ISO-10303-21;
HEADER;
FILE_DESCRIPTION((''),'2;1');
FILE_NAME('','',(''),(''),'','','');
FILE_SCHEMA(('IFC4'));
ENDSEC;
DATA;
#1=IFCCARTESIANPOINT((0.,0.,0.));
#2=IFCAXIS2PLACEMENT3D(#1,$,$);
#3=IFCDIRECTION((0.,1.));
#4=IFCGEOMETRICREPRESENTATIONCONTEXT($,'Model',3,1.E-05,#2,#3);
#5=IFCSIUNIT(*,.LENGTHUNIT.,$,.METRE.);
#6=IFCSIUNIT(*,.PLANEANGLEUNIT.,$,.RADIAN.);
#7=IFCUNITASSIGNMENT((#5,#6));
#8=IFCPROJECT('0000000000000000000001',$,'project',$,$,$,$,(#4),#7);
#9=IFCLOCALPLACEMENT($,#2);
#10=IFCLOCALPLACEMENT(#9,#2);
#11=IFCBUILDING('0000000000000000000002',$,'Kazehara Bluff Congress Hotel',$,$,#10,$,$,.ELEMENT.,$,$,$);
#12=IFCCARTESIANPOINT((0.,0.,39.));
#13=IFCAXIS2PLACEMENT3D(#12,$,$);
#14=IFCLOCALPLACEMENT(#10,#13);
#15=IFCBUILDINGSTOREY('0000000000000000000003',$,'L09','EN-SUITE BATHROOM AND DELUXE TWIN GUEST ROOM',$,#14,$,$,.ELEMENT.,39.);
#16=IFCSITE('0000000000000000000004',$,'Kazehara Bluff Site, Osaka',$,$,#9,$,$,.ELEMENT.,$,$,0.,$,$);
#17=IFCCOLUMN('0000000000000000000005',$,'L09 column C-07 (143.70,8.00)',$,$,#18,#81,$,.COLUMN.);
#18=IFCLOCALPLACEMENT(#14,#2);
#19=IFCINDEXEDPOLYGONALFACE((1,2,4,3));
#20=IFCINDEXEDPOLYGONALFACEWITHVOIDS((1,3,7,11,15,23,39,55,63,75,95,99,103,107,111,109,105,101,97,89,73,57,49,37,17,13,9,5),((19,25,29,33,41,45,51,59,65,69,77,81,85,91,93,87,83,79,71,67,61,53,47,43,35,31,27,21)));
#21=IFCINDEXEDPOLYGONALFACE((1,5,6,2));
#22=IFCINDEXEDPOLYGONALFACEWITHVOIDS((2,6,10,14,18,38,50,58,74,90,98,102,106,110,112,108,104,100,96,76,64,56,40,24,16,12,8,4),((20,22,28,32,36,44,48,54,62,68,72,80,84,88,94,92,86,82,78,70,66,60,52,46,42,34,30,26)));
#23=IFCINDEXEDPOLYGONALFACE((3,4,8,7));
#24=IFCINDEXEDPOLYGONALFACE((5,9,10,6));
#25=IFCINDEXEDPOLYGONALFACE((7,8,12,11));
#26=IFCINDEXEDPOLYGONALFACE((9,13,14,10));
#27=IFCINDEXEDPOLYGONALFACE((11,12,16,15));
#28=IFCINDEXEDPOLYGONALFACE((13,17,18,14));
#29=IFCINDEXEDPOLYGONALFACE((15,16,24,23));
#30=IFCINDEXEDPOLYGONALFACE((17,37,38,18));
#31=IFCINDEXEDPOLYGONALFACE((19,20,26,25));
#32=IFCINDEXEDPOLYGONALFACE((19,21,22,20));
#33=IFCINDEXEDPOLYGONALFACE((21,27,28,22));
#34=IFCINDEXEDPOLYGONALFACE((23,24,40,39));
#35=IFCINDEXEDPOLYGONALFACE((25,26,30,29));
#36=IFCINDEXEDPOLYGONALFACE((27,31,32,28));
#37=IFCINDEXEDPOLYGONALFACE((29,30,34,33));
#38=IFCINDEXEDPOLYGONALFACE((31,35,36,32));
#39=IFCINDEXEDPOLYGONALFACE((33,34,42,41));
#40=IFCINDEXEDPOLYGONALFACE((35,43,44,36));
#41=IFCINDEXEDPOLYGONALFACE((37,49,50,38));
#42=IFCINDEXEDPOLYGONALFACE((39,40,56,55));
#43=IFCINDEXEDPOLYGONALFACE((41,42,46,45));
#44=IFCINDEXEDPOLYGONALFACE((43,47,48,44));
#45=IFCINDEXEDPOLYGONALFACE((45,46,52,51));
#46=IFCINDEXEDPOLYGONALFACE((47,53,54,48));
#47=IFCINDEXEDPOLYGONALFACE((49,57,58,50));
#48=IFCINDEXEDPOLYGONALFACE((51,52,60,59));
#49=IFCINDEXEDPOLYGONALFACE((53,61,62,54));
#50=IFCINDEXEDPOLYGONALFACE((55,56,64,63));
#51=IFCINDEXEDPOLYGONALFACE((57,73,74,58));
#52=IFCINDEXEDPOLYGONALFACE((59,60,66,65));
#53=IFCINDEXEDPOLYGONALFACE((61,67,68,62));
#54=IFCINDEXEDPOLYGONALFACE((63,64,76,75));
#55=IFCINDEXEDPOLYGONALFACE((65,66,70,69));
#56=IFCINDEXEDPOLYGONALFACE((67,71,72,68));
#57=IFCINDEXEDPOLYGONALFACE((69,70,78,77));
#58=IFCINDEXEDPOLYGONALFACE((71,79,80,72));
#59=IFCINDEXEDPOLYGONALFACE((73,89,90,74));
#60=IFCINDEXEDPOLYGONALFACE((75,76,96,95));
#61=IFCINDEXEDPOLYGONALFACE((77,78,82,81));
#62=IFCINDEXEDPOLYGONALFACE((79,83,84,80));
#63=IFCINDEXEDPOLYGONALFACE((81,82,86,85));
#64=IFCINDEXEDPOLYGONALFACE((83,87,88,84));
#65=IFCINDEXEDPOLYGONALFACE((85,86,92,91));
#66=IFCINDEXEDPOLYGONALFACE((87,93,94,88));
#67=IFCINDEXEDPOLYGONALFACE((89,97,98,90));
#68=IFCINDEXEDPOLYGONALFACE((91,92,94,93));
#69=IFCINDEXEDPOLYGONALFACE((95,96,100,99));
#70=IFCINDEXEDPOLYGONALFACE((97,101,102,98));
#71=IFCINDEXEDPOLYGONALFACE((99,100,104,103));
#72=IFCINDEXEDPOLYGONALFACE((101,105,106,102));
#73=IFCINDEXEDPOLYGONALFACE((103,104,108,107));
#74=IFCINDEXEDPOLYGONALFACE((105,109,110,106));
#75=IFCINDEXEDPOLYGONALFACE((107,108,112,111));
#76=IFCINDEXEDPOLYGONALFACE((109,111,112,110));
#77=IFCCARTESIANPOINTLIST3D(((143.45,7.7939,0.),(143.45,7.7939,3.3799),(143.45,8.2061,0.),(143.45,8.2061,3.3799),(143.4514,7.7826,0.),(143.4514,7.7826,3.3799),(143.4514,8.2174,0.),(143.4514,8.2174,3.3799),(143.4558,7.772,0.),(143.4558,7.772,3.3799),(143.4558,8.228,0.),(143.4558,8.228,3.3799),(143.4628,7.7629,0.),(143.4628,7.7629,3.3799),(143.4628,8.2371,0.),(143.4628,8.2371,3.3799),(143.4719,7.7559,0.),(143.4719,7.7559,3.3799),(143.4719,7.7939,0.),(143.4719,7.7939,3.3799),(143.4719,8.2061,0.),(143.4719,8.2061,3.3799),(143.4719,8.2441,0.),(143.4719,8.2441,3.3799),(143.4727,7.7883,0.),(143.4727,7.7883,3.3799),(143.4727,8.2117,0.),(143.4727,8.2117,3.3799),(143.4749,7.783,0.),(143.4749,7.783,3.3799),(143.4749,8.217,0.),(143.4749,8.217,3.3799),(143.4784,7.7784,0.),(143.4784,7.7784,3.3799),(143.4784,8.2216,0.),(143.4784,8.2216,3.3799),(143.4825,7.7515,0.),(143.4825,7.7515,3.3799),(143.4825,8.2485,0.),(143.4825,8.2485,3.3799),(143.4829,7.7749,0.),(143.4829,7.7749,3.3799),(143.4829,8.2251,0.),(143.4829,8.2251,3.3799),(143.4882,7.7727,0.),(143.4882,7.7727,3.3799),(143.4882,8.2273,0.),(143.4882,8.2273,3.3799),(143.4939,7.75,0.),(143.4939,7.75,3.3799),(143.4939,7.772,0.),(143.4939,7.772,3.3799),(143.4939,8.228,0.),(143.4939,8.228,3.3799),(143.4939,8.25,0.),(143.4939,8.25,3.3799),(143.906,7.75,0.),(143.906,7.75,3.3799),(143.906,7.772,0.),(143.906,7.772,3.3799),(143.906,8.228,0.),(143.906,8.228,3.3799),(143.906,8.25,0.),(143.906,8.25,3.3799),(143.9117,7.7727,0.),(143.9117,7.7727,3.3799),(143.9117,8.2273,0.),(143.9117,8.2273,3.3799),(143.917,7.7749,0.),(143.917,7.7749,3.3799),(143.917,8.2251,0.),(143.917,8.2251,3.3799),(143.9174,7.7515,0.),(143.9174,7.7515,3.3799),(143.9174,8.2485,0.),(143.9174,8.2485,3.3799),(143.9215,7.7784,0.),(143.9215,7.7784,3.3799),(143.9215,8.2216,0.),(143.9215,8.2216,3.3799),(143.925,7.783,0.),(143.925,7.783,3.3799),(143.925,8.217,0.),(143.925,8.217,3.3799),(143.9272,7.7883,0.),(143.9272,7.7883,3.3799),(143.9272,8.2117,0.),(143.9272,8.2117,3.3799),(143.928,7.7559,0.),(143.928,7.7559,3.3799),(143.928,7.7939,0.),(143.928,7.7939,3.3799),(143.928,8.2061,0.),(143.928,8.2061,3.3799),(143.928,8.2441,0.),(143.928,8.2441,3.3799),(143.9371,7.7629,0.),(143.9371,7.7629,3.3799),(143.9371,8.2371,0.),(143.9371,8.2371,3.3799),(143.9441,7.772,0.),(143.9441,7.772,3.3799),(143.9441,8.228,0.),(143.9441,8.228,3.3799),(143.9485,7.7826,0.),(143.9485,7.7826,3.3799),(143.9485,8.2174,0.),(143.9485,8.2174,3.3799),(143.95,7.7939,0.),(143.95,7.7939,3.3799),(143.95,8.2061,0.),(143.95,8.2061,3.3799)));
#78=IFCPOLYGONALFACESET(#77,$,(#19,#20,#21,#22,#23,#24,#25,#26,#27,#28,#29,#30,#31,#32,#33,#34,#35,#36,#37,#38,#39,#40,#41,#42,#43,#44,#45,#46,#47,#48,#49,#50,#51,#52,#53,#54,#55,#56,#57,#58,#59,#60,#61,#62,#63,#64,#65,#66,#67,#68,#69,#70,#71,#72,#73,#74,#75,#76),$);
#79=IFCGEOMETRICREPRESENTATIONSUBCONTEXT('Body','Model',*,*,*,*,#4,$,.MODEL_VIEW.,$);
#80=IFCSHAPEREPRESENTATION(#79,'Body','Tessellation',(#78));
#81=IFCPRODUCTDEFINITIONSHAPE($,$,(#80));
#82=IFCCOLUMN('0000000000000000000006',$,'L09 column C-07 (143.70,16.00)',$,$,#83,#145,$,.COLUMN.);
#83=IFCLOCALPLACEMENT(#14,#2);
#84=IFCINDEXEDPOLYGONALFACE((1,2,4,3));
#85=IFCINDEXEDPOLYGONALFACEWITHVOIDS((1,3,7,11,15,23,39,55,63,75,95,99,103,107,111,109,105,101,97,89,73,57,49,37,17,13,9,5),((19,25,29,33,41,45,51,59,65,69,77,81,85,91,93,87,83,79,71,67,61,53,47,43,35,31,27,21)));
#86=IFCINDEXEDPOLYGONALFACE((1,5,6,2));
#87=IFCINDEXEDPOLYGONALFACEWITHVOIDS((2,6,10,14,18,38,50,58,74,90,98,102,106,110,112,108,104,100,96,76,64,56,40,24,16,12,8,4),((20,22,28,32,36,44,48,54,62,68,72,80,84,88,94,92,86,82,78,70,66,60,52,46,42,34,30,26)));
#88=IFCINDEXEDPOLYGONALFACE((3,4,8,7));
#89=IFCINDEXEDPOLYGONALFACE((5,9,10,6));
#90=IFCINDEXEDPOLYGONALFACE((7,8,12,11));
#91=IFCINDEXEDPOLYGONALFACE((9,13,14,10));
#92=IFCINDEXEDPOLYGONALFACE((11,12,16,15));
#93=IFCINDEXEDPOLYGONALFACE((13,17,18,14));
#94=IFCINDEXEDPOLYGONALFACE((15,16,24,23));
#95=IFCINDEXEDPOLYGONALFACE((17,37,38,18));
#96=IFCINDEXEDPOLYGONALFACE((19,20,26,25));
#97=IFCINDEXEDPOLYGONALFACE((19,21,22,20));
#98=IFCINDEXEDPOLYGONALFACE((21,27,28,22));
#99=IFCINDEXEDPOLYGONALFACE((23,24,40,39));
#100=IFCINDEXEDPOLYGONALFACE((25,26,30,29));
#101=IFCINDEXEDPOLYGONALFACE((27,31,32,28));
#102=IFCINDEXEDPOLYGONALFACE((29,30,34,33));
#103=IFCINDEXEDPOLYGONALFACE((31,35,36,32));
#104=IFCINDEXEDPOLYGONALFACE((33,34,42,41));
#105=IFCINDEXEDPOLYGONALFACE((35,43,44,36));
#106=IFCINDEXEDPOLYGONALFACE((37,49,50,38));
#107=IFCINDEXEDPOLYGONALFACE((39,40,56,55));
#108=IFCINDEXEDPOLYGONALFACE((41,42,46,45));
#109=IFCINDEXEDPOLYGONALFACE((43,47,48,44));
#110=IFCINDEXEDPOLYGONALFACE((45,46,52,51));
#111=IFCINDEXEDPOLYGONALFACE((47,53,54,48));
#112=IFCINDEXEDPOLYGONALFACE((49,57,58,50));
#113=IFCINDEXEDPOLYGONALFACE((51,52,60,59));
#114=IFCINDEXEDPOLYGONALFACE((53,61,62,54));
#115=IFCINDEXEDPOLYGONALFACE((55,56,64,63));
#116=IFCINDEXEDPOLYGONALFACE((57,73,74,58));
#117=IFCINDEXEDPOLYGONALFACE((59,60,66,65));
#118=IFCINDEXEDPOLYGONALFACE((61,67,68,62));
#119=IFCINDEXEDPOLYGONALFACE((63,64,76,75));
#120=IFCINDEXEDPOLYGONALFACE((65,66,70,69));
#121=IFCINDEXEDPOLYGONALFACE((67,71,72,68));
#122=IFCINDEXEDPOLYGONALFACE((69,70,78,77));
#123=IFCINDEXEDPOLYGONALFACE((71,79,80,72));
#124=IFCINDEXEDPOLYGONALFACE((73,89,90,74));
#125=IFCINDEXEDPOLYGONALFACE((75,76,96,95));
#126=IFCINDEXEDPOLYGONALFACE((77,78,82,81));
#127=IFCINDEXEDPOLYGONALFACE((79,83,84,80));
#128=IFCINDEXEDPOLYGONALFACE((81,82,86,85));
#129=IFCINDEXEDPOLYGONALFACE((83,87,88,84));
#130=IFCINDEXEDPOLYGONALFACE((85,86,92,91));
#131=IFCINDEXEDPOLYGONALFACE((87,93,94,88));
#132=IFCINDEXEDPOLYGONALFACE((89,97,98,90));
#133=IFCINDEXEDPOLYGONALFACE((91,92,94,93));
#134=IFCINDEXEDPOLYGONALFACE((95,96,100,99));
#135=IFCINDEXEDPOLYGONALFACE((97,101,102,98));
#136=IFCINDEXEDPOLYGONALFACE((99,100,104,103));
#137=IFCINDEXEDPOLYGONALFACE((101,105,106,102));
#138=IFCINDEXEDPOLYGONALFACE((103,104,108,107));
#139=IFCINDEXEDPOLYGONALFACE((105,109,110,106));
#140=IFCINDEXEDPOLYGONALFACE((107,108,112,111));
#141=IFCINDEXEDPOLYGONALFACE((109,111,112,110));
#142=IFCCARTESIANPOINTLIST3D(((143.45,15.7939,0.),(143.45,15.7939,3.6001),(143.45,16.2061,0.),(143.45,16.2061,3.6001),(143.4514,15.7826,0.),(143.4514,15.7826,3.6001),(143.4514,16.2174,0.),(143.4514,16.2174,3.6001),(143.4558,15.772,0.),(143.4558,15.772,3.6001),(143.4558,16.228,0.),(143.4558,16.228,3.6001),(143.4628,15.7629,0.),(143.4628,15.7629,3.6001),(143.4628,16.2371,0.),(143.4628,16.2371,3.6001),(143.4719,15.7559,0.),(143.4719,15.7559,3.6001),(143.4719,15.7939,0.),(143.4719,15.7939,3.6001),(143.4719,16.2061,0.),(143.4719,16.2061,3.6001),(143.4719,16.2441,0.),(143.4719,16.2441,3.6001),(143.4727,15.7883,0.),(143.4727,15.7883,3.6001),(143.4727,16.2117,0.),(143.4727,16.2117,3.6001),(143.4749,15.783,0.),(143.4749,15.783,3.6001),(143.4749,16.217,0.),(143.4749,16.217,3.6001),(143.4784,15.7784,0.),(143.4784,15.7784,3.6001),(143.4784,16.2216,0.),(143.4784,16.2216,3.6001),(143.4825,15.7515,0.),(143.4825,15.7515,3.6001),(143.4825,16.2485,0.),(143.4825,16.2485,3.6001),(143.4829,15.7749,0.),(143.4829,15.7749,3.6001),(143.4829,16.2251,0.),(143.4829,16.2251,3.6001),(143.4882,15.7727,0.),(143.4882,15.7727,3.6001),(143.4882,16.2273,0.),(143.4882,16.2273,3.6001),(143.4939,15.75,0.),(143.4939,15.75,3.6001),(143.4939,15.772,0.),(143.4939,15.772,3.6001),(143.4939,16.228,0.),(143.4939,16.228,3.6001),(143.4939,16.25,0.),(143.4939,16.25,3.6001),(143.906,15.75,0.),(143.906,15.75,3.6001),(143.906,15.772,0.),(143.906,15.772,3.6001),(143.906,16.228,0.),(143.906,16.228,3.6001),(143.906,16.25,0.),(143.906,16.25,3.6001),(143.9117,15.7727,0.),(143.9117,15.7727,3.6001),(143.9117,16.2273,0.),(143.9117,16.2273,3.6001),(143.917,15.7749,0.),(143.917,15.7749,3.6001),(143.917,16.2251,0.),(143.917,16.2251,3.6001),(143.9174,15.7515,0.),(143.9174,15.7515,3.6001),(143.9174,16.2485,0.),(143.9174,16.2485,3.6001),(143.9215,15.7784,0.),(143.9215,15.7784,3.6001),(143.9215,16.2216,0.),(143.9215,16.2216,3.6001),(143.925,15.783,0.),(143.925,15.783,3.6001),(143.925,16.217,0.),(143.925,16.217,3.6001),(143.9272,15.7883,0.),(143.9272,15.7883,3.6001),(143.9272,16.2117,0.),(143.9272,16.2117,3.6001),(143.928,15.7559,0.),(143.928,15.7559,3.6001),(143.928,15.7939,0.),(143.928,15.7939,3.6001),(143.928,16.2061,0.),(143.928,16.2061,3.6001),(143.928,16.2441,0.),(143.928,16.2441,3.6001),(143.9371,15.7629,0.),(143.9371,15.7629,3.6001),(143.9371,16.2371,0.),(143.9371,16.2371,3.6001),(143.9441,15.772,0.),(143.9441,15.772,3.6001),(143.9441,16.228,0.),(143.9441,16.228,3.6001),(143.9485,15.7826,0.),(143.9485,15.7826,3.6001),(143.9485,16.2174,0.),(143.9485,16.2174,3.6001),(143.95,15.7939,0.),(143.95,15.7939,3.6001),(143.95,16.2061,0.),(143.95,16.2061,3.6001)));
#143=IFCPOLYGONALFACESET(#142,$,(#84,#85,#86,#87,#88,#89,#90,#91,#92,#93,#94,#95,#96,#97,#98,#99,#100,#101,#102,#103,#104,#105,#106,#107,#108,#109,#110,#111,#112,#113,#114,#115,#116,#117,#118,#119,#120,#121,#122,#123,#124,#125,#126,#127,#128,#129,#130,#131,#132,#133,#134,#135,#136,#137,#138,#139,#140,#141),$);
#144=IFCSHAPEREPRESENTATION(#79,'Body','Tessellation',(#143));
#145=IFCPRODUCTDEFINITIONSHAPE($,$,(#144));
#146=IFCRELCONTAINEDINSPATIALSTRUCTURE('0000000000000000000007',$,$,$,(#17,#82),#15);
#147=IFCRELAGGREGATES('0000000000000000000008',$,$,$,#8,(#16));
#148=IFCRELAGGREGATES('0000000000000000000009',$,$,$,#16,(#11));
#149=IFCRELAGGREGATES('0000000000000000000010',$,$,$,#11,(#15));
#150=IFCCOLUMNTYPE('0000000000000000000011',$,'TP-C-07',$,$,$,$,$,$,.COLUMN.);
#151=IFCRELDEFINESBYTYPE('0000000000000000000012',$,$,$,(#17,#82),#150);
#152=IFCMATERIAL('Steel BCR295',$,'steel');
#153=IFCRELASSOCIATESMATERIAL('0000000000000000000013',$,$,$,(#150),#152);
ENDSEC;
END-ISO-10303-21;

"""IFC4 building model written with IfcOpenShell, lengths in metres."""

from ifc_helpers import new_model, si_unit, direction, frame, origin, origin_2d, place, context, subcontext, project, spatial, hollow_rectangle, extrude, material, material_profile, profile_set, type_object, element, save


model = new_model("IFC4")

# Units and contexts
model_context = context("Model", 3, precision=1e-05, world=origin(), true_north=direction((0.0, 1.0)))
body_context = subcontext(model_context, "Body", "Model", "MODEL_VIEW")
ifc_project = project(units=[si_unit("LENGTHUNIT", "METRE"), si_unit("PLANEANGLEUNIT", "RADIAN")], contexts=[model_context])

# Site, building, storey
site_placement = place(None, origin())
site = spatial("IfcSite", under=ifc_project, at=site_placement, Name="Kazehara Bluff Site, Osaka", CompositionType="ELEMENT", RefElevation=0.0)
building_placement = place(site_placement, origin())
building = spatial("IfcBuilding", under=site, at=building_placement, Name="Kazehara Bluff Congress Hotel", CompositionType="ELEMENT")
storey_placement = place(building_placement, frame((0.0, 0.0, 39.0)))
storey = spatial("IfcBuildingStorey", under=building, at=storey_placement, Name="L09", Description="EN-SUITE BATHROOM AND DELUXE TWIN GUEST ROOM", CompositionType="ELEMENT", Elevation=39.0)

# Columns
ifc_material_1 = material(Name="Steel BCR295", Category="steel")
ifc_material_profile_1 = material_profile(ifc_material_1, hollow_rectangle(XDim=0.5, YDim=0.5, WallThickness=0.022, InnerFilletRadius=0.022, OuterFilletRadius=0.0439, at=origin_2d()))
ifc_profile_set_1 = profile_set([ifc_material_profile_1], Name="Steel BCR295")
column_type = type_object("IfcColumnType", Name="TP-C-07", PredefinedType="COLUMN", material=ifc_profile_set_1)
column_placement = place(storey_placement, frame((143.7, 8.0, 0.0), z_axis=(0.0, 0.0, 1.0), x_axis=(1.0, 0.0, 0.0)))
element("IfcColumn", 1, at=column_placement, inside=storey, type_object=column_type, Name="L09 column C-07 (143.70,8.00)", PredefinedType="COLUMN", context=body_context, shape_type="SweptSolid", body=[
    extrude(hollow_rectangle(XDim=0.5, YDim=0.5, WallThickness=0.022, InnerFilletRadius=0.022, OuterFilletRadius=0.0439, at=origin_2d()), origin(), (0.0, 0.0, 1.0), 3.3799),
])
for number, where, z_axis, x_axis, name in (
    (2, (143.7, 16.0, 0.0), (0.0, 0.0, 1.0), (1.0, 0.0, 0.0), "L09 column C-07 (143.70,16.00)"),
):
    element("IfcColumn", number, at=place(storey_placement, frame(where, z_axis=z_axis, x_axis=x_axis)), inside=storey, type_object=column_type, Name=name, PredefinedType="COLUMN", context=body_context, shape_type="SweptSolid", body=[
        extrude(hollow_rectangle(XDim=0.5, YDim=0.5, WallThickness=0.022, InnerFilletRadius=0.022, OuterFilletRadius=0.0439, at=origin_2d()), origin(), (0.0, 0.0, 1.0), 3.6001),
    ])

save(model, "model.ifc")
